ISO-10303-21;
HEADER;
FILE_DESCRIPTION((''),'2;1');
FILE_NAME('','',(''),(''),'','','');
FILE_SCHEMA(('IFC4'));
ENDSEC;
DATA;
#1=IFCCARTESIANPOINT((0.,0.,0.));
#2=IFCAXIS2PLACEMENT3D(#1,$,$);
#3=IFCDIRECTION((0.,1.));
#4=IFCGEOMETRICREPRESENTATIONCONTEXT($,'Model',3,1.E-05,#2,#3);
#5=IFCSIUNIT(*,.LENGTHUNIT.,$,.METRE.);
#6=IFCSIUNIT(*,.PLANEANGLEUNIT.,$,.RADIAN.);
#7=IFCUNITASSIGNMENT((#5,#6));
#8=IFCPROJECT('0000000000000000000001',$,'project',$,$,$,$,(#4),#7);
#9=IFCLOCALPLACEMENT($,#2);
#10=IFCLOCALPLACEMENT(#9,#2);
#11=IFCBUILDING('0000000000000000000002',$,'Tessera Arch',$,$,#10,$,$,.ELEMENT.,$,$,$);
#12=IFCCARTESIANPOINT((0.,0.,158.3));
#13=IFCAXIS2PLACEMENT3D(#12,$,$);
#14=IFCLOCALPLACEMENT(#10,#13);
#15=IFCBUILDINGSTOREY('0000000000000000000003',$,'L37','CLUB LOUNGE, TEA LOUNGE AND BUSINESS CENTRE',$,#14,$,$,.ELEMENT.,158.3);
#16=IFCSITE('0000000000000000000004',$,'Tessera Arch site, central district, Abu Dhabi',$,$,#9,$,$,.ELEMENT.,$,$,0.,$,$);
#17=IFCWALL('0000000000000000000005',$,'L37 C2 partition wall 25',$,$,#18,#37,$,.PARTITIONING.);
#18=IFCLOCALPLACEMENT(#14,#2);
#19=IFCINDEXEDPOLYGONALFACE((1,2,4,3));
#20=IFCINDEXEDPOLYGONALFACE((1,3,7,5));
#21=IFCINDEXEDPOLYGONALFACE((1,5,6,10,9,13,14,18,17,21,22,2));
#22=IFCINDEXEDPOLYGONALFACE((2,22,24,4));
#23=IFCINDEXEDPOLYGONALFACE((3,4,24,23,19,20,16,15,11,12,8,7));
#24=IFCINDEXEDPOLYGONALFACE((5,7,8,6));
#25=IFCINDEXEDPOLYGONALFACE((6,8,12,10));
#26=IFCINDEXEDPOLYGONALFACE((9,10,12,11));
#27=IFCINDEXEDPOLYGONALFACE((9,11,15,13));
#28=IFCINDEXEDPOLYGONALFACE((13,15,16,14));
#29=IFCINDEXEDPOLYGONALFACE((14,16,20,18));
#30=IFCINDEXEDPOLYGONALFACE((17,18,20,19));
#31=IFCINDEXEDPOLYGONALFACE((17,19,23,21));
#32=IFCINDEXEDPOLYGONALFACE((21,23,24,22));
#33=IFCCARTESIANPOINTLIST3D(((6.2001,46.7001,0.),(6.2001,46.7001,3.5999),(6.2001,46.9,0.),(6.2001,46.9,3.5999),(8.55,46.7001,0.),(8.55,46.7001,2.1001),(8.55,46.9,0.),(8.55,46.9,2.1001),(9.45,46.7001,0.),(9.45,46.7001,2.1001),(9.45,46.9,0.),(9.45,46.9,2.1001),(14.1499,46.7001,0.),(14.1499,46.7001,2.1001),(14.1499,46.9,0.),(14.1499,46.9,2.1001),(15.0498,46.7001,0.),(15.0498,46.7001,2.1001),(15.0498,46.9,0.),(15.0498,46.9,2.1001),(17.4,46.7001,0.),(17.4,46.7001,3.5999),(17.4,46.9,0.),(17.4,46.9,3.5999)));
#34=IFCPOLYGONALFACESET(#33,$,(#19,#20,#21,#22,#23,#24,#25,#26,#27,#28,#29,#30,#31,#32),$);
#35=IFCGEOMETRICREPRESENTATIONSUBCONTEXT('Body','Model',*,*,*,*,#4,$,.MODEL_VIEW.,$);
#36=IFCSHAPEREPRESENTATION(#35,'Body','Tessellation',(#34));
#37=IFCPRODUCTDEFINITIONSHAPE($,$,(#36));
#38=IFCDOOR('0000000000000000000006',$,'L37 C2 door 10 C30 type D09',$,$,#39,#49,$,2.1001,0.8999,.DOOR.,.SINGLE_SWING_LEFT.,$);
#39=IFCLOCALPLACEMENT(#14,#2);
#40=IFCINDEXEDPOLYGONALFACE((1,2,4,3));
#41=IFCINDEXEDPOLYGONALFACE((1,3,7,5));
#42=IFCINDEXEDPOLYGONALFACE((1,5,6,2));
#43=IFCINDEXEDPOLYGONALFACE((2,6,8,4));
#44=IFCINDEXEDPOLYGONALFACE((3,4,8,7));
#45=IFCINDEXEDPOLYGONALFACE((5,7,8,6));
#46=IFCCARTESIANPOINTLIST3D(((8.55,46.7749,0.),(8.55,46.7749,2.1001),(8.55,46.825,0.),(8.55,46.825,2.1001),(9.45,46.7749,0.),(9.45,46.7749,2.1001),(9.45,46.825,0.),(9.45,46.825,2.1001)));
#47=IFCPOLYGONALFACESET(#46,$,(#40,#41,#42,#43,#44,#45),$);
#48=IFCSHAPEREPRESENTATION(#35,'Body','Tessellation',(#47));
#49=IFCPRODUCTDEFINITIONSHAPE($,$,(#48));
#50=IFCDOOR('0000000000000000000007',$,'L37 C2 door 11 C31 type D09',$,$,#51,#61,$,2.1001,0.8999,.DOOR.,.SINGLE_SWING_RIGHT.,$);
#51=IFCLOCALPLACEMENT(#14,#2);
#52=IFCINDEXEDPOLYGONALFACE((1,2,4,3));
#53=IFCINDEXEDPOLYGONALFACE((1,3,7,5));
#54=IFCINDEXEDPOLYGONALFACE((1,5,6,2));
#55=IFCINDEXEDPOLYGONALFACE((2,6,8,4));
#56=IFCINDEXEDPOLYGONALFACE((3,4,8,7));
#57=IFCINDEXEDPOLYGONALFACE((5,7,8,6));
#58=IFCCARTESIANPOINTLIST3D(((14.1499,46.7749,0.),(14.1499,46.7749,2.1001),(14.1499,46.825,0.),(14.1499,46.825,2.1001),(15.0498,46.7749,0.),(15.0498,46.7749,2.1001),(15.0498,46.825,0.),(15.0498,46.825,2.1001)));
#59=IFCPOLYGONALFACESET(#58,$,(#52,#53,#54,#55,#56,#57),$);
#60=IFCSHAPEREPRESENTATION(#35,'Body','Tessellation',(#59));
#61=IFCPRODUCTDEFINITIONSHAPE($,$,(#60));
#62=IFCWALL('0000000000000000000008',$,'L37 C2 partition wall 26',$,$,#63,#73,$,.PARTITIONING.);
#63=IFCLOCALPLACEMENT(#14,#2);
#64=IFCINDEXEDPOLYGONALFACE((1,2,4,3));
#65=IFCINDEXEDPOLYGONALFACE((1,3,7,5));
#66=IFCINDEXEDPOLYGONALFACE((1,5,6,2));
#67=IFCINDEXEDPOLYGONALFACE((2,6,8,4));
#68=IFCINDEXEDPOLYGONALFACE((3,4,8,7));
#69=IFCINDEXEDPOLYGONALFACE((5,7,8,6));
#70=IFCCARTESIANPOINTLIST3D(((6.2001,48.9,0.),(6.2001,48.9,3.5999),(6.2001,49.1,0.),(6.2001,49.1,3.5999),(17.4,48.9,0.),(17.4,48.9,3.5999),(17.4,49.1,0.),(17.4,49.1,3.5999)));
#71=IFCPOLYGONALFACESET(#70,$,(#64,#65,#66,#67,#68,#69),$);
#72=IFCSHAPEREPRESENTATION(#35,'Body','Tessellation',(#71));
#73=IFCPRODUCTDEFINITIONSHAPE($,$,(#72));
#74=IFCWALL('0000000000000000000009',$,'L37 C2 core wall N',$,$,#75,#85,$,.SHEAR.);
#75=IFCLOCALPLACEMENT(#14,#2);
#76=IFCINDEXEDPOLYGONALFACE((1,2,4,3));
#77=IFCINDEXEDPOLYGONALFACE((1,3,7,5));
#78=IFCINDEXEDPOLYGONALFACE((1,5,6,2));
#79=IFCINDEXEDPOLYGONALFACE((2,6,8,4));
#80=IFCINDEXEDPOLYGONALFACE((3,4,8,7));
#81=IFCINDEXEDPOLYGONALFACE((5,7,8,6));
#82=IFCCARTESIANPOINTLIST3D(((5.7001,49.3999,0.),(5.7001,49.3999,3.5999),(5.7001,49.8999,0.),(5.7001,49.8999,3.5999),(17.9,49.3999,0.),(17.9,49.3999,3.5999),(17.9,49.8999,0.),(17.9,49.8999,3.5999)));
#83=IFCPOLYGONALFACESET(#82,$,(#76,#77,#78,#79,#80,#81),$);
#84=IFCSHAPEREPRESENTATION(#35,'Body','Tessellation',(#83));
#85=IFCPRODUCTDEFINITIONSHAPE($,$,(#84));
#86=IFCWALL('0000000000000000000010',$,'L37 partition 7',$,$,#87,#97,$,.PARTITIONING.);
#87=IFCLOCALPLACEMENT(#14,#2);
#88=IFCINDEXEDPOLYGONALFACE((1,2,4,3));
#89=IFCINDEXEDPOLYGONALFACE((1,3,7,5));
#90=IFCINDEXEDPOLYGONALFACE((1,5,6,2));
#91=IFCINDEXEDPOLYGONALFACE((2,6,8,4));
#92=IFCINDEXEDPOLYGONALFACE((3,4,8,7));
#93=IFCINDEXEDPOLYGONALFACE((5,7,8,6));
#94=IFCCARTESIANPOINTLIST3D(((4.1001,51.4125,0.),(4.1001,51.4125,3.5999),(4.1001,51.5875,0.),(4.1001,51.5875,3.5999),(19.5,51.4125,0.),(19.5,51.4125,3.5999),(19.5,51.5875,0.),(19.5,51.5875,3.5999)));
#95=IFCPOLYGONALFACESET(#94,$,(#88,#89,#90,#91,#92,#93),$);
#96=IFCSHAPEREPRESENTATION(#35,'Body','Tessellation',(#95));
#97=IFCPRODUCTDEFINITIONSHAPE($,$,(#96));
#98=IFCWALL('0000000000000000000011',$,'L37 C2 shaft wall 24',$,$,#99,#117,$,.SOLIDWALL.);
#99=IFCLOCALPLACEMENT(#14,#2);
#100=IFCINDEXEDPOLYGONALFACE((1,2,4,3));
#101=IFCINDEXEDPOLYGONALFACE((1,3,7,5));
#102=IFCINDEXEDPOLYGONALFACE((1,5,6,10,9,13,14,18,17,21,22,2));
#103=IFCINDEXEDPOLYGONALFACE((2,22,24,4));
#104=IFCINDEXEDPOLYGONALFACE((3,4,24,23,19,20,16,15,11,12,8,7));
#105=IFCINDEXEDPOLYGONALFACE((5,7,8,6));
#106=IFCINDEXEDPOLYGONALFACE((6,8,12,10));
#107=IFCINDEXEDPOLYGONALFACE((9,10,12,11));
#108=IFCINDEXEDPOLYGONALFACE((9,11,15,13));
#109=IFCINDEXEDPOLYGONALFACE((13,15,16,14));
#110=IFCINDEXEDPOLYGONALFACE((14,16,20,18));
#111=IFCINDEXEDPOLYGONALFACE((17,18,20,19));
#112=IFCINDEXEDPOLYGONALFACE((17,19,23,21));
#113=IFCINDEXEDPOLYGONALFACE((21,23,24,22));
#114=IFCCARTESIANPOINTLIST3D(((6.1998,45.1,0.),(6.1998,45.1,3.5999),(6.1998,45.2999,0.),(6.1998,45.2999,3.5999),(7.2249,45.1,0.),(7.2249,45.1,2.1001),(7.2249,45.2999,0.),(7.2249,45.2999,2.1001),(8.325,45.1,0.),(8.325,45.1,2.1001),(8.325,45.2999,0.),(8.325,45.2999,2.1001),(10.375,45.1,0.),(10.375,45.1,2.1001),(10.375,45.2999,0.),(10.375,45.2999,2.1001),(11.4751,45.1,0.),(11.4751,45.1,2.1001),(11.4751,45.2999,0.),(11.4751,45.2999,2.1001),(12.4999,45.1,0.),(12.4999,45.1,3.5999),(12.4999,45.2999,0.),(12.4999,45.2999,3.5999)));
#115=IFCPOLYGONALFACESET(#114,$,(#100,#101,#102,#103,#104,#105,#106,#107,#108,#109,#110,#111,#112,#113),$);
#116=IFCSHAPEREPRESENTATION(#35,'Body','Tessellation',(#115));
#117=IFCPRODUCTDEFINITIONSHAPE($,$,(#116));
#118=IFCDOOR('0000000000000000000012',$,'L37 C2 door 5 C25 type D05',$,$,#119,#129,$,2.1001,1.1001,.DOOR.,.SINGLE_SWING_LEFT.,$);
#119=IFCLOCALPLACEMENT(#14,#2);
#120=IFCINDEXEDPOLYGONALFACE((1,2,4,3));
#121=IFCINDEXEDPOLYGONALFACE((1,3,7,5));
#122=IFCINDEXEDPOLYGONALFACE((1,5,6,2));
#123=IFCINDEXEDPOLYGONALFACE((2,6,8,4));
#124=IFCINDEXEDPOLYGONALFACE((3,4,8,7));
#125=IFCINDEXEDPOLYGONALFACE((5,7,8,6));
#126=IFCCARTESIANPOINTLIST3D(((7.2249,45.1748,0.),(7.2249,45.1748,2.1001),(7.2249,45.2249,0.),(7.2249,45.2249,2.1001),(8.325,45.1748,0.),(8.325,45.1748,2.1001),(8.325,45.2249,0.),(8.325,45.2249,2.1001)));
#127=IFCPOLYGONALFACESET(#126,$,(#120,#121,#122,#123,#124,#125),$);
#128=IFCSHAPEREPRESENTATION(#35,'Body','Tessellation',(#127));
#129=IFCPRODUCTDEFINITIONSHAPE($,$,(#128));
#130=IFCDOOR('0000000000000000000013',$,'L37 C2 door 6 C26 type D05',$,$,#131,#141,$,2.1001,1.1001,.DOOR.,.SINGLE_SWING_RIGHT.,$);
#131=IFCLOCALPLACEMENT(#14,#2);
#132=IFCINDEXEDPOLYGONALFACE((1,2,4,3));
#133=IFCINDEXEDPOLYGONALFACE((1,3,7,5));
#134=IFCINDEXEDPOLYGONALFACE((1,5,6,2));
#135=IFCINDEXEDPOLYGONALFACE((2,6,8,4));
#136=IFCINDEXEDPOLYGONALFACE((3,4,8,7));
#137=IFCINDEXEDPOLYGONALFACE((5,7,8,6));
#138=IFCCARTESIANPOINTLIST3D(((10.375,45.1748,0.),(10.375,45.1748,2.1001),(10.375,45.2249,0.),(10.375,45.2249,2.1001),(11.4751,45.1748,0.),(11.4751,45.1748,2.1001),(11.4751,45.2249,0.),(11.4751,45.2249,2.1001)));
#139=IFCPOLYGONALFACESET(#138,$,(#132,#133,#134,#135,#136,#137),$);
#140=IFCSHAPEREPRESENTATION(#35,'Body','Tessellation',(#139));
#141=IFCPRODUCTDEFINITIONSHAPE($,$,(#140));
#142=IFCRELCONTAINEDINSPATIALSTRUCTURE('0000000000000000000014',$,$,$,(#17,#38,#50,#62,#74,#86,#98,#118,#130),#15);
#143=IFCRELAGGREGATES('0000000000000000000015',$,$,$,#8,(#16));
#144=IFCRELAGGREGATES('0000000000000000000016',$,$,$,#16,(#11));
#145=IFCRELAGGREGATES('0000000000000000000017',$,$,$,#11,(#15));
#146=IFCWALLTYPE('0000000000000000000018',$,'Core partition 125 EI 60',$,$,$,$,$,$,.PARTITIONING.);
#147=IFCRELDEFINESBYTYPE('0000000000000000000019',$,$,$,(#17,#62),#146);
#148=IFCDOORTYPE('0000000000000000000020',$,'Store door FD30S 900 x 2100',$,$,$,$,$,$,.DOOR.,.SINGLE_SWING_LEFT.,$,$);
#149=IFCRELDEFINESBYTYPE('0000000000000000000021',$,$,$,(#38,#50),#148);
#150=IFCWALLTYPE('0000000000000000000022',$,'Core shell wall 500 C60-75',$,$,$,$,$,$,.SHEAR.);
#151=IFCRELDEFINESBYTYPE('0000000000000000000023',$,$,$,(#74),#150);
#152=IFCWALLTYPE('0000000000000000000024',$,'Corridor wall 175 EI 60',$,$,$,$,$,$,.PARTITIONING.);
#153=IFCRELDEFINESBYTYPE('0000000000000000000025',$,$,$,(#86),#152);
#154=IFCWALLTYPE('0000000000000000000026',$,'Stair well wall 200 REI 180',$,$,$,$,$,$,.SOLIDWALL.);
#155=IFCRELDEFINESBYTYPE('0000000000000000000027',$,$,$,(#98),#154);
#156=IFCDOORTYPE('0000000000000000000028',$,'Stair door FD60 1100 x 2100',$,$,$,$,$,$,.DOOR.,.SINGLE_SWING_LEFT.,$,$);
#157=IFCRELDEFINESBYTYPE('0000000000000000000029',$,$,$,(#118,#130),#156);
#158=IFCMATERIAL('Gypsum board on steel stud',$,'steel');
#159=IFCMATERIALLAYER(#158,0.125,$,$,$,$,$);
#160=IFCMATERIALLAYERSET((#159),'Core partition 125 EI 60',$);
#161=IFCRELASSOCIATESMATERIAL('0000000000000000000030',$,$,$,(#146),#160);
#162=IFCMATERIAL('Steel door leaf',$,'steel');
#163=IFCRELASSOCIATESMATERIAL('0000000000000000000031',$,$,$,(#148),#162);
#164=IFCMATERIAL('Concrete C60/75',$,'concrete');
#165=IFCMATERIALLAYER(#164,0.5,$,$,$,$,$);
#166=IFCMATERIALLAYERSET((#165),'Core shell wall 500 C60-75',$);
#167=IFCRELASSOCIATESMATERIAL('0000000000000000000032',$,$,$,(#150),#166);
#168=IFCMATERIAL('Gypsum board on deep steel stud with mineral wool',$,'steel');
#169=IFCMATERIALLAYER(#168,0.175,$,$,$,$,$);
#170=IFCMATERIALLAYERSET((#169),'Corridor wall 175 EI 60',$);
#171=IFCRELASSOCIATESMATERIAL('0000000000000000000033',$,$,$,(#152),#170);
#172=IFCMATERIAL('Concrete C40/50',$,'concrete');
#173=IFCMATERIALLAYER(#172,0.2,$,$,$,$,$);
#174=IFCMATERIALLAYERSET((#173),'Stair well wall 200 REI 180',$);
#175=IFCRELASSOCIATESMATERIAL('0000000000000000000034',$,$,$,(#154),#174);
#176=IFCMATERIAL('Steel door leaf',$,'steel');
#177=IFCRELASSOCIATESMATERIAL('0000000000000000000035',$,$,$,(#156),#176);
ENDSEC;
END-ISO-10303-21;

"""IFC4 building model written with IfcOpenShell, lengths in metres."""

from ifc_helpers import new_model, si_unit, direction, frame, frame_2d, origin, place, context, subcontext, project, spatial, rectangle, extrude, material, layer, layer_set, type_object, element, fill, save


model = new_model("IFC4")

# Units and contexts
model_context = context("Model", 3, precision=1e-05, world=origin(), true_north=direction((0.0, 1.0)))
body_context = subcontext(model_context, "Body", "Model", "MODEL_VIEW")
ifc_project = project(units=[si_unit("LENGTHUNIT", "METRE"), si_unit("PLANEANGLEUNIT", "RADIAN")], contexts=[model_context])

# Site, building, storey
site_placement = place(None, origin())
site = spatial("IfcSite", under=ifc_project, at=site_placement, Name="Tessera Arch site, central district, Abu Dhabi", CompositionType="ELEMENT", RefElevation=0.0)
building_placement = place(site_placement, origin())
building = spatial("IfcBuilding", under=site, at=building_placement, Name="Tessera Arch", CompositionType="ELEMENT")
storey_placement = place(building_placement, frame((0.0, 0.0, 158.3)))
storey = spatial("IfcBuildingStorey", under=building, at=storey_placement, Name="L37", Description="CLUB LOUNGE, TEA LOUNGE AND BUSINESS CENTRE", CompositionType="ELEMENT", Elevation=158.3)

# Wall, openings, doors
ifc_material_1 = material(Name="Gypsum board on steel stud", Category="steel")
ifc_layer_1 = layer(ifc_material_1, 0.125)
ifc_layer_set_1 = layer_set([ifc_layer_1], Name="Core partition 125 EI 60")
wall_type_1 = type_object("IfcWallType", Name="Core partition 125 EI 60", PredefinedType="PARTITIONING", material=ifc_layer_set_1)
wall_1_placement = place(storey_placement, frame((6.2, 46.8, 0.0), z_axis=(0.0, 0.0, 1.0), x_axis=(1.0, 0.0, 0.0)))
wall_1 = element("IfcWall", 1, at=wall_1_placement, inside=storey, type_object=wall_type_1, Name="L37 C2 partition wall 25", PredefinedType="PARTITIONING", context=body_context, shape_type="SweptSolid", body=[
    extrude(rectangle(XDim=11.2, YDim=0.2, at=frame_2d((5.6001, 0.0))), origin(), (0.0, 0.0, 1.0), 3.5999),
])
opening_1_placement = place(wall_1_placement, frame((2.3501, 0.0, 0.0)))
opening_1 = element("IfcOpeningElement", 2, at=opening_1_placement, cuts=wall_1, PredefinedType="OPENING", context=body_context, shape_type="SweptSolid", body=[
    extrude(rectangle(XDim=0.8999, YDim=2.1001, at=frame_2d((0.45, 1.05))), frame((0.0, 0.1099, 0.0), z_axis=(0.0, -1.0, 0.0), x_axis=(1.0, 0.0, 0.0)), (0.0, 0.0, 1.0), 0.22),
])
opening_2_placement = place(wall_1_placement, frame((7.95, 0.0, 0.0)))
opening_2 = element("IfcOpeningElement", 3, at=opening_2_placement, cuts=wall_1, PredefinedType="OPENING", context=body_context, shape_type="SweptSolid", body=[
    extrude(rectangle(XDim=0.8999, YDim=2.1001, at=frame_2d((0.45, 1.05))), frame((0.0, 0.1099, 0.0), z_axis=(0.0, -1.0, 0.0), x_axis=(1.0, 0.0, 0.0)), (0.0, 0.0, 1.0), 0.22),
])
ifc_material_2 = material(Name="Steel door leaf", Category="steel")
door_type_1 = type_object("IfcDoorType", Name="Store door FD30S 900 x 2100", OperationType="SINGLE_SWING_LEFT", PredefinedType="DOOR", material=ifc_material_2)
door_1_placement = place(opening_1_placement, origin())
door_1 = element("IfcDoor", 4, at=door_1_placement, inside=storey, type_object=door_type_1, Name="L37 C2 door 10 C30 type D09", OperationType="SINGLE_SWING_LEFT", OverallHeight=2.1001, OverallWidth=0.8999, PredefinedType="DOOR", context=body_context, shape_type="SweptSolid", body=[
    extrude(rectangle(XDim=0.8999, YDim=2.1001, at=frame_2d((0.45, 1.05))), frame((0.0, 0.0249, 0.0), z_axis=(0.0, -1.0, 0.0), x_axis=(1.0, 0.0, 0.0)), (0.0, 0.0, 1.0), 0.05),
])
fill(opening_1, door_1)
door_2_placement = place(opening_2_placement, origin())
door_2 = element("IfcDoor", 5, at=door_2_placement, inside=storey, type_object=door_type_1, Name="L37 C2 door 11 C31 type D09", OperationType="SINGLE_SWING_RIGHT", OverallHeight=2.1001, OverallWidth=0.8999, PredefinedType="DOOR", context=body_context, shape_type="SweptSolid", body=[
    extrude(rectangle(XDim=0.8999, YDim=2.1001, at=frame_2d((0.45, 1.05))), frame((0.0, 0.0249, 0.0), z_axis=(0.0, -1.0, 0.0), x_axis=(1.0, 0.0, 0.0)), (0.0, 0.0, 1.0), 0.05),
])
fill(opening_2, door_2)

# Walls
wall_2_placement = place(storey_placement, frame((6.2, 49.0, 0.0), z_axis=(0.0, 0.0, 1.0), x_axis=(1.0, 0.0, 0.0)))
element("IfcWall", 6, at=wall_2_placement, inside=storey, type_object=wall_type_1, Name="L37 C2 partition wall 26", PredefinedType="PARTITIONING", context=body_context, shape_type="SweptSolid", body=[
    extrude(rectangle(XDim=11.2, YDim=0.2, at=frame_2d((5.6001, 0.0))), origin(), (0.0, 0.0, 1.0), 3.5999),
])
ifc_material_3 = material(Name="Concrete C60/75", Category="concrete")
ifc_layer_2 = layer(ifc_material_3, 0.5)
ifc_layer_set_2 = layer_set([ifc_layer_2], Name="Core shell wall 500 C60-75")
wall_type_2 = type_object("IfcWallType", Name="Core shell wall 500 C60-75", PredefinedType="SHEAR", material=ifc_layer_set_2)
wall_3_placement = place(storey_placement, frame((5.7, 49.6499, 0.0), z_axis=(0.0, 0.0, 1.0), x_axis=(1.0, 0.0, 0.0)))
element("IfcWall", 7, at=wall_3_placement, inside=storey, type_object=wall_type_2, Name="L37 C2 core wall N", PredefinedType="SHEAR", context=body_context, shape_type="SweptSolid", body=[
    extrude(rectangle(XDim=12.2, YDim=0.5, at=frame_2d((6.1001, 0.0))), origin(), (0.0, 0.0, 1.0), 3.5999),
])
ifc_material_4 = material(Name="Gypsum board on deep steel stud with mineral wool", Category="steel")
ifc_layer_3 = layer(ifc_material_4, 0.175)
ifc_layer_set_3 = layer_set([ifc_layer_3], Name="Corridor wall 175 EI 60")
wall_type_3 = type_object("IfcWallType", Name="Corridor wall 175 EI 60", PredefinedType="PARTITIONING", material=ifc_layer_set_3)
wall_4_placement = place(storey_placement, frame((4.1001, 51.5, 0.0), z_axis=(0.0, 0.0, 1.0), x_axis=(1.0, 0.0, 0.0)))
element("IfcWall", 8, at=wall_4_placement, inside=storey, type_object=wall_type_3, Name="L37 partition 7", PredefinedType="PARTITIONING", context=body_context, shape_type="SweptSolid", body=[
    extrude(rectangle(XDim=15.3999, YDim=0.175, at=frame_2d((7.7, 0.0))), origin(), (0.0, 0.0, 1.0), 3.5999),
])

# Wall, openings, doors
ifc_material_5 = material(Name="Concrete C40/50", Category="concrete")
ifc_layer_4 = layer(ifc_material_5, 0.2)
ifc_layer_set_4 = layer_set([ifc_layer_4], Name="Stair well wall 200 REI 180")
wall_type_4 = type_object("IfcWallType", Name="Stair well wall 200 REI 180", PredefinedType="SOLIDWALL", material=ifc_layer_set_4)
wall_5_placement = place(storey_placement, frame((6.2, 45.2, 0.0), z_axis=(0.0, 0.0, 1.0), x_axis=(1.0, 0.0, 0.0)))
wall_5 = element("IfcWall", 9, at=wall_5_placement, inside=storey, type_object=wall_type_4, Name="L37 C2 shaft wall 24", PredefinedType="SOLIDWALL", context=body_context, shape_type="SweptSolid", body=[
    extrude(rectangle(XDim=6.3, YDim=0.2, at=frame_2d((3.1499, 0.0))), origin(), (0.0, 0.0, 1.0), 3.5999),
])
opening_3_placement = place(wall_5_placement, frame((1.0249, 0.0, 0.0)))
opening_3 = element("IfcOpeningElement", 10, at=opening_3_placement, cuts=wall_5, PredefinedType="OPENING", context=body_context, shape_type="SweptSolid", body=[
    extrude(rectangle(XDim=1.1001, YDim=2.1001, at=frame_2d((0.55, 1.05))), frame((0.0, 0.1099, 0.0), z_axis=(0.0, -1.0, 0.0), x_axis=(1.0, 0.0, 0.0)), (0.0, 0.0, 1.0), 0.22),
])
opening_4_placement = place(wall_5_placement, frame((4.175, 0.0, 0.0)))
opening_4 = element("IfcOpeningElement", 11, at=opening_4_placement, cuts=wall_5, PredefinedType="OPENING", context=body_context, shape_type="SweptSolid", body=[
    extrude(rectangle(XDim=1.1001, YDim=2.1001, at=frame_2d((0.55, 1.05))), frame((0.0, 0.1099, 0.0), z_axis=(0.0, -1.0, 0.0), x_axis=(1.0, 0.0, 0.0)), (0.0, 0.0, 1.0), 0.22),
])
ifc_material_6 = material(Name="Steel door leaf", Category="steel")
door_type_2 = type_object("IfcDoorType", Name="Stair door FD60 1100 x 2100", OperationType="SINGLE_SWING_LEFT", PredefinedType="DOOR", material=ifc_material_6)
door_3_placement = place(opening_3_placement, origin())
door_3 = element("IfcDoor", 12, at=door_3_placement, inside=storey, type_object=door_type_2, Name="L37 C2 door 5 C25 type D05", OperationType="SINGLE_SWING_LEFT", OverallHeight=2.1001, OverallWidth=1.1001, PredefinedType="DOOR", context=body_context, shape_type="SweptSolid", body=[
    extrude(rectangle(XDim=1.1001, YDim=2.1001, at=frame_2d((0.55, 1.05))), frame((0.0, 0.0249, 0.0), z_axis=(0.0, -1.0, 0.0), x_axis=(1.0, 0.0, 0.0)), (0.0, 0.0, 1.0), 0.05),
])
fill(opening_3, door_3)
door_4_placement = place(opening_4_placement, origin())
door_4 = element("IfcDoor", 13, at=door_4_placement, inside=storey, type_object=door_type_2, Name="L37 C2 door 6 C26 type D05", OperationType="SINGLE_SWING_RIGHT", OverallHeight=2.1001, OverallWidth=1.1001, PredefinedType="DOOR", context=body_context, shape_type="SweptSolid", body=[
    extrude(rectangle(XDim=1.1001, YDim=2.1001, at=frame_2d((0.55, 1.05))), frame((0.0, 0.0249, 0.0), z_axis=(0.0, -1.0, 0.0), x_axis=(1.0, 0.0, 0.0)), (0.0, 0.0, 1.0), 0.05),
])
fill(opening_4, door_4)

save(model, "model.ifc")
